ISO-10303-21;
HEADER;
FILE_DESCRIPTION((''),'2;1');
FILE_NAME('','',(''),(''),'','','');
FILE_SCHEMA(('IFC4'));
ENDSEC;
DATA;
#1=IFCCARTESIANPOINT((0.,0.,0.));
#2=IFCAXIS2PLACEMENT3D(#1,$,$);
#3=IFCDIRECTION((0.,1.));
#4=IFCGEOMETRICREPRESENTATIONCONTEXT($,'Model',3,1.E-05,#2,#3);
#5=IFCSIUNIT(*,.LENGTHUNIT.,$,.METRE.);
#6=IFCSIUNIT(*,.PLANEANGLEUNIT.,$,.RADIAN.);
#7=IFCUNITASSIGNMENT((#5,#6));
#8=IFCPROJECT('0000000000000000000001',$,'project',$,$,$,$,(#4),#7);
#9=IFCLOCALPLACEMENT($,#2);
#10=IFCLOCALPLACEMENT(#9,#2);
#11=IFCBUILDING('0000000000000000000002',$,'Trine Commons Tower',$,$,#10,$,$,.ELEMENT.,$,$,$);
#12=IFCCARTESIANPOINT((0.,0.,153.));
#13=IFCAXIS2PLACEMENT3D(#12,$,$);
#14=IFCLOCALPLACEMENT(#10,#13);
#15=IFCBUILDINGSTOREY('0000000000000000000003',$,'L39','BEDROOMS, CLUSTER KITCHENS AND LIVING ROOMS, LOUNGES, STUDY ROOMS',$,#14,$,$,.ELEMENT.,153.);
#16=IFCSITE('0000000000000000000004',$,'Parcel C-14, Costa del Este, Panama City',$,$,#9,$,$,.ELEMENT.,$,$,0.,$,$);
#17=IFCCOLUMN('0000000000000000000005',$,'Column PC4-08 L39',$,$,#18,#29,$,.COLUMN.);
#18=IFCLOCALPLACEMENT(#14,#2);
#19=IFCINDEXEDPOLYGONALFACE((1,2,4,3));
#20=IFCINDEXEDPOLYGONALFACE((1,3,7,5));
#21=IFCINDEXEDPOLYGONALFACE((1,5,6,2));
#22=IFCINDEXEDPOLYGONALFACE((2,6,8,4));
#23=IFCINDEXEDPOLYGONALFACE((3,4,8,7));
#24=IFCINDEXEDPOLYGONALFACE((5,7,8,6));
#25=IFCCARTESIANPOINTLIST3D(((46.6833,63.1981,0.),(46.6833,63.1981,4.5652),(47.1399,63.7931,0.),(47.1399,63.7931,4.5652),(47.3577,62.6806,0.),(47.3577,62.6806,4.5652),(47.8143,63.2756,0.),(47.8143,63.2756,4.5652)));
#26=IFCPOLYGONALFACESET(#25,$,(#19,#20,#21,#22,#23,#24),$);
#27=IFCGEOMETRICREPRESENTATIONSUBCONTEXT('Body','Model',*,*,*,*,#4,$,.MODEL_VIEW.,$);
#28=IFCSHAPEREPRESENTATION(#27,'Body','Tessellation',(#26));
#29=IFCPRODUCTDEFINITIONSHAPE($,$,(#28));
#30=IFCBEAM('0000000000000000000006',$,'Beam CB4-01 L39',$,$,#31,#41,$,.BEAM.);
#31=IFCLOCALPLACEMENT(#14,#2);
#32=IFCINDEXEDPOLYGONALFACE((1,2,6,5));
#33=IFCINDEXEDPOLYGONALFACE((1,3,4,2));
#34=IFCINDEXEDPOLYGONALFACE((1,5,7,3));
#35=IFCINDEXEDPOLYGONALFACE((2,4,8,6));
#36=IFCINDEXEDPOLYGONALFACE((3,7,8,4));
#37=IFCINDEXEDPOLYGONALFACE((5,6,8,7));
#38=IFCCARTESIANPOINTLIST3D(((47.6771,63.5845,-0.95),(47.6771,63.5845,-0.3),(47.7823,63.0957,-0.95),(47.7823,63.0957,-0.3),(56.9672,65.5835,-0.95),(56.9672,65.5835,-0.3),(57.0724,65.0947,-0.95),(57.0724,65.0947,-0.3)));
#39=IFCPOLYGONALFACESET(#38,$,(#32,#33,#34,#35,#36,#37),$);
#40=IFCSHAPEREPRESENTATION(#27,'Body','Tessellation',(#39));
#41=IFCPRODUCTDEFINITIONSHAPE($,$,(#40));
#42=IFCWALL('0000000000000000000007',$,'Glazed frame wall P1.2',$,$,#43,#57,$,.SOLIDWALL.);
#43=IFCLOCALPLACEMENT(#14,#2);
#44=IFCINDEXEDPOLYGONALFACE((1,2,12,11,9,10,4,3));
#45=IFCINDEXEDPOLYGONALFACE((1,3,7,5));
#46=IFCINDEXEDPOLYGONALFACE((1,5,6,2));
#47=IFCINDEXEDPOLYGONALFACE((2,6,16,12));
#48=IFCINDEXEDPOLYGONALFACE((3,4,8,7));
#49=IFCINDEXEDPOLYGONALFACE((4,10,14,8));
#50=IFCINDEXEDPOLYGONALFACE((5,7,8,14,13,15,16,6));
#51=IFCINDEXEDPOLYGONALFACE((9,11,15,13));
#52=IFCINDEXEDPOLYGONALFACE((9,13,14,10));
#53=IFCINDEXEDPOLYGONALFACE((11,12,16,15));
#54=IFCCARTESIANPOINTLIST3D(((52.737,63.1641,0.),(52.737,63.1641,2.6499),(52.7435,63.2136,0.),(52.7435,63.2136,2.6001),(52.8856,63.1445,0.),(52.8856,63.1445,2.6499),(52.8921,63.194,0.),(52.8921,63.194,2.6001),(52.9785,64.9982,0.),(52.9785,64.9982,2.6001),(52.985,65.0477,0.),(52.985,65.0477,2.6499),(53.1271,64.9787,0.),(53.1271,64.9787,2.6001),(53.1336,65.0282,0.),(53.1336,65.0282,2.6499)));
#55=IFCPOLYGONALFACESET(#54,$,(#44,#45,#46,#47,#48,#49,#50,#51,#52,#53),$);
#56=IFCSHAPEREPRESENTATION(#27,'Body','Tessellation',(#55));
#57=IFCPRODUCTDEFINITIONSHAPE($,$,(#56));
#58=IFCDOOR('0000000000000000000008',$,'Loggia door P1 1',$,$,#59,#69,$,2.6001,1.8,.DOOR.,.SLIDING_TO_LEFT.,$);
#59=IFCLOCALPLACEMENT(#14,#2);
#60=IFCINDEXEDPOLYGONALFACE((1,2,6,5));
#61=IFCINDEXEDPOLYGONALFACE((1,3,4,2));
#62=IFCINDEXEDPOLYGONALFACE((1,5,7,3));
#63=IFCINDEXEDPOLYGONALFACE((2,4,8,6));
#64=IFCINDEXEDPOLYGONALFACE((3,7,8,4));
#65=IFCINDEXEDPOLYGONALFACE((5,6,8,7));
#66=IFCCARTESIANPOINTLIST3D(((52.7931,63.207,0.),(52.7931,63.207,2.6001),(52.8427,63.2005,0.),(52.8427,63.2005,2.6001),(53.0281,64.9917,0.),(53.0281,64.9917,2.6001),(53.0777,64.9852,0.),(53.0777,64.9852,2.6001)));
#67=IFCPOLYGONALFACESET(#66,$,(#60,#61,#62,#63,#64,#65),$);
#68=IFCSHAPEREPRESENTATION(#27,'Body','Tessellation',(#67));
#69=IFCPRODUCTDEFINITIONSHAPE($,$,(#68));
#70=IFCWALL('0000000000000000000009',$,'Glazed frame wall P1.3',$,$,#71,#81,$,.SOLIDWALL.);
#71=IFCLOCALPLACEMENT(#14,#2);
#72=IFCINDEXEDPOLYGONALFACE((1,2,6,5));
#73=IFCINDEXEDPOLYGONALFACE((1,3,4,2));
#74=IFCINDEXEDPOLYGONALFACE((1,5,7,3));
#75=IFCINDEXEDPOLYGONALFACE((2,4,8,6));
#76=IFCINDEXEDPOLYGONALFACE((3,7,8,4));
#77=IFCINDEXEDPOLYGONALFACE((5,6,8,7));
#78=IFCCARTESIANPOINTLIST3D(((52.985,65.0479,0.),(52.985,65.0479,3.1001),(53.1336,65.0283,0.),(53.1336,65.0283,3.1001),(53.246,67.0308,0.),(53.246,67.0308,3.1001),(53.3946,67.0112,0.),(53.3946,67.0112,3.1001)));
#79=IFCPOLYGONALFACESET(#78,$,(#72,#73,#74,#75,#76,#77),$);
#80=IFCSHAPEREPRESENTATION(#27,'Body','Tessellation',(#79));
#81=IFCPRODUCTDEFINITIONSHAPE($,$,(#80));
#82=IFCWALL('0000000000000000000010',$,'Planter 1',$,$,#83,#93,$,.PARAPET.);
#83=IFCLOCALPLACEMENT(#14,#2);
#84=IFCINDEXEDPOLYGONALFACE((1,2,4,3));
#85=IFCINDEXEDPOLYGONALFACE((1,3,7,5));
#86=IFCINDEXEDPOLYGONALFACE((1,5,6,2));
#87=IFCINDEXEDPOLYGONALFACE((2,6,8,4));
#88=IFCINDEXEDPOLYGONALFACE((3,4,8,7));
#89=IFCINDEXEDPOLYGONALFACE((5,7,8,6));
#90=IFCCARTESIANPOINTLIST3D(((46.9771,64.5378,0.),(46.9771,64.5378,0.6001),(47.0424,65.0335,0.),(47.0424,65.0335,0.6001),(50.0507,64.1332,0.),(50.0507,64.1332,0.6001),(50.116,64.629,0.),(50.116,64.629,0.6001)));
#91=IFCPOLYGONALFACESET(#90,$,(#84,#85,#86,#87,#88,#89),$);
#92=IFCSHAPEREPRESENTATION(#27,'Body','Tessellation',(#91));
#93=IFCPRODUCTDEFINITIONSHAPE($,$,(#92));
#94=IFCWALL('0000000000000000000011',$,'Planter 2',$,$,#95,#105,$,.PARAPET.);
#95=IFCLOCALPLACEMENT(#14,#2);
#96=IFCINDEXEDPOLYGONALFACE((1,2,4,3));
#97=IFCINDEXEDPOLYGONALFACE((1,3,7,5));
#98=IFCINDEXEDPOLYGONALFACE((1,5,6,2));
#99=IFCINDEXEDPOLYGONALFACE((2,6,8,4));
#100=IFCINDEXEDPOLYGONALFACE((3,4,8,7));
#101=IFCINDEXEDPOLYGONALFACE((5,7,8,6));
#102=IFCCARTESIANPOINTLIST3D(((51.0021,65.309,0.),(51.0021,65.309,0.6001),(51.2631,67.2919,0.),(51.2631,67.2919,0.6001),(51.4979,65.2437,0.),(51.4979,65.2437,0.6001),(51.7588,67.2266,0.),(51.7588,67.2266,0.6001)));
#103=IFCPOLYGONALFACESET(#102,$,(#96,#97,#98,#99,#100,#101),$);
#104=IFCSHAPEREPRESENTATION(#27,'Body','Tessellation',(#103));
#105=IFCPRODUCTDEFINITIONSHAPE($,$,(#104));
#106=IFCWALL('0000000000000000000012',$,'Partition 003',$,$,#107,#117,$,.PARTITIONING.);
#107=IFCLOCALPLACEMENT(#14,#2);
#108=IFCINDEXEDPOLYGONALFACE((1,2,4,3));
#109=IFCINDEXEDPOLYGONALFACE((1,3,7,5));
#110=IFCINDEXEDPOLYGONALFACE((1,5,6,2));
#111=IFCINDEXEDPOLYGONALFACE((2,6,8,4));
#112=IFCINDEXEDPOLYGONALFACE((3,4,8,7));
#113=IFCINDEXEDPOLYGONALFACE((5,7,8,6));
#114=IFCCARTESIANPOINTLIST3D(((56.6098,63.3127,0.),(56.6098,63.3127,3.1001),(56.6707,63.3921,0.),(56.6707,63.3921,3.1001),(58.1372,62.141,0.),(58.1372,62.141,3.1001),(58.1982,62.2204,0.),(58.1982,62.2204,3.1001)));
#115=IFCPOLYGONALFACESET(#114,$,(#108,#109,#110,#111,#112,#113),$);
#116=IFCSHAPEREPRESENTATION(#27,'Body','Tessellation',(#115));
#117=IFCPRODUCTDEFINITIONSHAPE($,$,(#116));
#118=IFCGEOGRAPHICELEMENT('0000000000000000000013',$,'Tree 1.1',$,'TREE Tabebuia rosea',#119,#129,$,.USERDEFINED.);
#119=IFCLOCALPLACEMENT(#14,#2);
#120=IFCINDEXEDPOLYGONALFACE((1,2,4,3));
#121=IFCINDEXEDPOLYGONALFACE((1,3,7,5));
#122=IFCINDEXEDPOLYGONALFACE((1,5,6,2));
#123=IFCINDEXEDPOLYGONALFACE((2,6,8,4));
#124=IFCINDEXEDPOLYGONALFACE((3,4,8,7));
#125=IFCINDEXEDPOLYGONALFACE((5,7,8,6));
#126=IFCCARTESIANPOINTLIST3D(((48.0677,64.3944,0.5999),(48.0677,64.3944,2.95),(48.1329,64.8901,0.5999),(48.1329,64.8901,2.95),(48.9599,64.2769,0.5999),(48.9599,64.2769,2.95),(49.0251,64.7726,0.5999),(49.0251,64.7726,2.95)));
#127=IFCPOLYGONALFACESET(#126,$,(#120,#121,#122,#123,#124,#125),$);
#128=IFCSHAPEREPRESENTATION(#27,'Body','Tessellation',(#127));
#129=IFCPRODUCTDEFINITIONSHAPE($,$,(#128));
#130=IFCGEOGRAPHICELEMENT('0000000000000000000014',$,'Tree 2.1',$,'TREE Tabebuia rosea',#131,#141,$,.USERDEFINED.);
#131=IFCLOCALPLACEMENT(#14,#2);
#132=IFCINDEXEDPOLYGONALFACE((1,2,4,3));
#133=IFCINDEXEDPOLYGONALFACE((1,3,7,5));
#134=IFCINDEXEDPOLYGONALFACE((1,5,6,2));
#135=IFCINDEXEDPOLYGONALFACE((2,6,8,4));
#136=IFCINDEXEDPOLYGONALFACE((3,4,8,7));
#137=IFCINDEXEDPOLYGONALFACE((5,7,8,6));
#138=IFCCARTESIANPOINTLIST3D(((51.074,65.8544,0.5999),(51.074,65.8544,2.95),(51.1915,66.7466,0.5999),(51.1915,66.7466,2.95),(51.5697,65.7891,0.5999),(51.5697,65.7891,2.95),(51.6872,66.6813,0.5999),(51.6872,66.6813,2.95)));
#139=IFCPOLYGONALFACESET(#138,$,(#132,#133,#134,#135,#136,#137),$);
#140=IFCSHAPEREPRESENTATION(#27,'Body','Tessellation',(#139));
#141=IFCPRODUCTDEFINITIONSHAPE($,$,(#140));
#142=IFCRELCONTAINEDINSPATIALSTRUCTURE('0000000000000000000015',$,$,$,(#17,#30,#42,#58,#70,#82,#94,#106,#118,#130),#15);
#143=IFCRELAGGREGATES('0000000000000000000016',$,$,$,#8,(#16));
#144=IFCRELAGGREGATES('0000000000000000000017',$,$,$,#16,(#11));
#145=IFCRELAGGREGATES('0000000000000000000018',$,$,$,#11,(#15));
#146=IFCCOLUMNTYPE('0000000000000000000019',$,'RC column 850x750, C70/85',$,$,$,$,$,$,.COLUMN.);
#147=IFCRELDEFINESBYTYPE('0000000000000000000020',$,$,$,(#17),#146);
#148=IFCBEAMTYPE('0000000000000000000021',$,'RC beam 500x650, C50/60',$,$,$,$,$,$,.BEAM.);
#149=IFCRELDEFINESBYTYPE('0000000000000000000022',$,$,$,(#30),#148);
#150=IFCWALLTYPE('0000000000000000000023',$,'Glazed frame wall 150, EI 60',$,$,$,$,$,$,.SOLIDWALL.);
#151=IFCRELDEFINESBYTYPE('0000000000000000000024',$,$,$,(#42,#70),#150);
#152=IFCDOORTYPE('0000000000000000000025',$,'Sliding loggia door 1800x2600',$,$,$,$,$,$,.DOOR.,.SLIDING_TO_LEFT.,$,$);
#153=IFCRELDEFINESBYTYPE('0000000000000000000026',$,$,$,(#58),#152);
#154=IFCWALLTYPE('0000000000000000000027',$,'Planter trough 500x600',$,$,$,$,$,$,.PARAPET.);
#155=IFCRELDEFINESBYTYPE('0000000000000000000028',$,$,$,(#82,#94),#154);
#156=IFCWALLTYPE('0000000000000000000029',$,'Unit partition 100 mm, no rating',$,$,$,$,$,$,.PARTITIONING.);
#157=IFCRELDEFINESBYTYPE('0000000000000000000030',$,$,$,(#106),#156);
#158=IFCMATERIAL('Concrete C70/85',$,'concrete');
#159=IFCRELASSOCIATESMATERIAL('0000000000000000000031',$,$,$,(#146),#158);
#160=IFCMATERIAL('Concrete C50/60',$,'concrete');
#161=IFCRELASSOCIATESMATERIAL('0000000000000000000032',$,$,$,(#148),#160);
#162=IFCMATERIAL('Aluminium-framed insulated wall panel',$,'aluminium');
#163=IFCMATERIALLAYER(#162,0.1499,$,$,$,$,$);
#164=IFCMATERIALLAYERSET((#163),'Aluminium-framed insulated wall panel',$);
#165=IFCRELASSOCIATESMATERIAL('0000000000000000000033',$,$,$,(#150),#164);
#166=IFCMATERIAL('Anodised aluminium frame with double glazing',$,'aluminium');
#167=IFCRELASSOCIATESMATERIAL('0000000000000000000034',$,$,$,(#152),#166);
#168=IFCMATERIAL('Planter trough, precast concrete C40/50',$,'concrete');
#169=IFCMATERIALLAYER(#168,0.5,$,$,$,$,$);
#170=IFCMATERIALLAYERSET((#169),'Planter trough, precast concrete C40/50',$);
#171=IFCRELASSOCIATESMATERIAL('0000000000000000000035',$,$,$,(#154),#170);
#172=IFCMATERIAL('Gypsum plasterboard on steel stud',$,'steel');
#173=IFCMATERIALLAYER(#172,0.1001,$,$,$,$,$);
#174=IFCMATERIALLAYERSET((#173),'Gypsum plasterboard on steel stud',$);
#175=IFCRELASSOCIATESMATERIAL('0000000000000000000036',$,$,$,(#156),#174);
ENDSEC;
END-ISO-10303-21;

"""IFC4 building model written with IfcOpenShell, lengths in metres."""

from ifc_helpers import new_model, si_unit, direction, frame, frame_2d, origin, origin_2d, place, context, subcontext, project, spatial, polyline, rectangle, outline, extrude, material, layer, layer_set, material_profile, profile_set, type_object, element, fill, save


model = new_model("IFC4")

# Units and contexts
model_context = context("Model", 3, precision=1e-05, world=origin(), true_north=direction((0.0, 1.0)))
body_context = subcontext(model_context, "Body", "Model", "MODEL_VIEW")
ifc_project = project(units=[si_unit("LENGTHUNIT", "METRE"), si_unit("PLANEANGLEUNIT", "RADIAN")], contexts=[model_context])

# Site, building, storey
site_placement = place(None, origin())
site = spatial("IfcSite", under=ifc_project, at=site_placement, Name="Parcel C-14, Costa del Este, Panama City", CompositionType="ELEMENT", RefElevation=0.0)
building_placement = place(site_placement, origin())
building = spatial("IfcBuilding", under=site, at=building_placement, Name="Trine Commons Tower", CompositionType="ELEMENT")
storey_placement = place(building_placement, frame((0.0, 0.0, 153.0)))
storey = spatial("IfcBuildingStorey", under=building, at=storey_placement, Name="L39", Description="BEDROOMS, CLUSTER KITCHENS AND LIVING ROOMS, LOUNGES, STUDY ROOMS", CompositionType="ELEMENT", Elevation=153.0)

# Column
ifc_material_1 = material(Name="Concrete C70/85", Category="concrete")
ifc_material_profile_1 = material_profile(ifc_material_1, rectangle(XDim=0.8501, YDim=0.75, at=origin_2d()), Name="RC 850x750")
ifc_profile_set_1 = profile_set([ifc_material_profile_1], Name="Concrete C70/85")
column_type = type_object("IfcColumnType", Name="RC column 850x750, C70/85", PredefinedType="COLUMN", material=ifc_profile_set_1)
column_placement = place(storey_placement, frame((47.2488, 63.2368, 0.0), z_axis=(0.0, 0.0, 1.0), x_axis=(-0.793353, 0.608761, 0.0)))
element("IfcColumn", 1, at=column_placement, inside=storey, type_object=column_type, Name="Column PC4-08 L39", PredefinedType="COLUMN", context=body_context, shape_type="SweptSolid", body=[
    extrude(rectangle(XDim=0.8501, YDim=0.75, at=origin_2d()), origin(), (0.0, 0.0, 1.0), 4.5652),
])

# Beam
ifc_material_2 = material(Name="Concrete C50/60", Category="concrete")
ifc_material_profile_2 = material_profile(ifc_material_2, rectangle(XDim=0.5, YDim=0.6499, at=origin_2d()), Name="RC 500x650")
ifc_profile_set_2 = profile_set([ifc_material_profile_2], Name="Concrete C50/60")
beam_type = type_object("IfcBeamType", Name="RC beam 500x650, C50/60", PredefinedType="BEAM", material=ifc_profile_set_2)
beam_placement = place(storey_placement, frame((47.7297, 63.3401, -0.625), z_axis=(0.977623, 0.210364, 0.0), x_axis=(-0.210364, 0.977623, 0.0)))
element("IfcBeam", 2, at=beam_placement, inside=storey, type_object=beam_type, Name="Beam CB4-01 L39", PredefinedType="BEAM", context=body_context, shape_type="SweptSolid", body=[
    extrude(rectangle(XDim=0.5, YDim=0.6499, at=origin_2d()), origin(), (0.0, 0.0, 1.0), 9.5027),
])

# Shared definitions
ifc_material_3 = material(Name="Aluminium-framed insulated wall panel", Category="aluminium")
ifc_layer_1 = layer(ifc_material_3, 0.1499)
ifc_layer_set_1 = layer_set([ifc_layer_1], Name="Aluminium-framed insulated wall panel")
wall_type_1 = type_object("IfcWallType", Name="Glazed frame wall 150, EI 60", PredefinedType="SOLIDWALL", material=ifc_layer_set_1)

# Wall, opening, door
wall_1_placement = place(storey_placement, frame((52.8113, 63.1543, 0.0), z_axis=(0.0, 0.0, 1.0), x_axis=(0.130548, 0.991442, 0.0)))
wall_1 = element("IfcWall", 3, at=wall_1_placement, inside=storey, type_object=wall_type_1, Name="Glazed frame wall P1.2", PredefinedType="SOLIDWALL", context=body_context, shape_type="SweptSolid", body=[
    extrude(outline(polyline([(0.0, -0.075), (1.8999, -0.075), (1.8999, 0.075), (0.0, 0.075), (0.0, -0.075)])), origin(), (0.0, 0.0, 1.0), 2.6499),
])
opening_placement = place(wall_1_placement, frame((0.05, 0.0, 0.0)))
opening = element("IfcOpeningElement", 4, at=opening_placement, cuts=wall_1, PredefinedType="OPENING", context=body_context, shape_type="SweptSolid", body=[
    extrude(rectangle(XDim=1.8, YDim=2.6001, at=frame_2d((0.8999, 1.3))), frame((0.0, 0.085, 0.0), z_axis=(0.0, -1.0, 0.0), x_axis=(1.0, 0.0, 0.0)), (0.0, 0.0, 1.0), 0.1699),
])
ifc_material_4 = material(Name="Anodised aluminium frame with double glazing", Category="aluminium")
door_type = type_object("IfcDoorType", Name="Sliding loggia door 1800x2600", OperationType="SLIDING_TO_LEFT", PredefinedType="DOOR", material=ifc_material_4)
door_placement = place(opening_placement, origin())
door = element("IfcDoor", 5, at=door_placement, inside=storey, type_object=door_type, Name="Loggia door P1 1", OperationType="SLIDING_TO_LEFT", OverallHeight=2.6001, OverallWidth=1.8, PredefinedType="DOOR", context=body_context, shape_type="SweptSolid", body=[
    extrude(rectangle(XDim=1.8, YDim=2.6001, at=frame_2d((0.8999, 1.3))), frame((0.0, 0.0249, 0.0), z_axis=(0.0, -1.0, 0.0), x_axis=(1.0, 0.0, 0.0)), (0.0, 0.0, 1.0), 0.05),
])
fill(opening, door)

# Walls
wall_2_placement = place(storey_placement, frame((53.0593, 65.0381, 0.0), z_axis=(0.0, 0.0, 1.0), x_axis=(0.130492, 0.991449, 0.0)))
element("IfcWall", 6, at=wall_2_placement, inside=storey, type_object=wall_type_1, Name="Glazed frame wall P1.3", PredefinedType="SOLIDWALL", context=body_context, shape_type="SweptSolid", body=[
    extrude(outline(polyline([(0.0, -0.075), (2.0, -0.075), (2.0, 0.075), (0.0, 0.075), (0.0, -0.075)])), origin(), (0.0, 0.0, 1.0), 3.1001),
])
ifc_material_5 = material(Name="Planter trough, precast concrete C40/50", Category="concrete")
ifc_layer_2 = layer(ifc_material_5, 0.5)
ifc_layer_set_2 = layer_set([ifc_layer_2], Name="Planter trough, precast concrete C40/50")
wall_type_2 = type_object("IfcWallType", Name="Planter trough 500x600", PredefinedType="PARAPET", material=ifc_layer_set_2)
wall_3_placement = place(storey_placement, frame((47.0098, 64.7856, 0.0), z_axis=(0.0, 0.0, 1.0), x_axis=(0.991449, -0.130497, 0.0)))
element("IfcWall", 7, at=wall_3_placement, inside=storey, type_object=wall_type_2, Name="Planter 1", PredefinedType="PARAPET", context=body_context, shape_type="SweptSolid", body=[
    extrude(rectangle(XDim=3.1001, YDim=0.5, at=frame_2d((1.55, 0.0))), origin(), (0.0, 0.0, 1.0), 0.6001),
])
wall_4_placement = place(storey_placement, frame((51.25, 65.2764, 0.0), z_axis=(0.0, 0.0, 1.0), x_axis=(0.130492, 0.991449, 0.0)))
element("IfcWall", 8, at=wall_4_placement, inside=storey, type_object=wall_type_2, Name="Planter 2", PredefinedType="PARAPET", context=body_context, shape_type="SweptSolid", body=[
    extrude(rectangle(XDim=2.0, YDim=0.5, at=frame_2d((1.0, 0.0))), origin(), (0.0, 0.0, 1.0), 0.6001),
])
ifc_material_6 = material(Name="Gypsum plasterboard on steel stud", Category="steel")
ifc_layer_3 = layer(ifc_material_6, 0.1001)
ifc_layer_set_3 = layer_set([ifc_layer_3], Name="Gypsum plasterboard on steel stud")
wall_type_3 = type_object("IfcWallType", Name="Unit partition 100 mm, no rating", PredefinedType="PARTITIONING", material=ifc_layer_set_3)
wall_5_placement = place(storey_placement, frame((56.6404, 63.3523, 0.0), z_axis=(0.0, 0.0, 1.0), x_axis=(0.793439, -0.60865, 0.0)))
element("IfcWall", 9, at=wall_5_placement, inside=storey, type_object=wall_type_3, Name="Partition 003", PredefinedType="PARTITIONING", context=body_context, shape_type="SweptSolid", body=[
    extrude(rectangle(XDim=1.925, YDim=0.1001, at=frame_2d((0.9624, 0.0))), origin(), (0.0, 0.0, 1.0), 3.1001),
])

# Geographic elements
for number, where, z_axis, x_axis, name in (
    (10, (48.5464, 64.5835, 0.5999), (0.0, 0.0, 1.0), (0.991446, -0.130514, 0.0), "Tree 1.1"),
    (11, (51.3806, 66.2678, 0.5999), (0.0, 0.0, 1.0), (0.130543, 0.991443, 0.0), "Tree 2.1"),
):
    element("IfcGeographicElement", number, at=place(storey_placement, frame(where, z_axis=z_axis, x_axis=x_axis)), inside=storey, Name=name, ObjectType="TREE Tabebuia rosea", PredefinedType="USERDEFINED", context=body_context, shape_type="SweptSolid", body=[
        extrude(rectangle(XDim=0.8999, YDim=0.5, at=origin_2d()), origin(), (0.0, 0.0, 1.0), 2.3501),
    ])

save(model, "model.ifc")
